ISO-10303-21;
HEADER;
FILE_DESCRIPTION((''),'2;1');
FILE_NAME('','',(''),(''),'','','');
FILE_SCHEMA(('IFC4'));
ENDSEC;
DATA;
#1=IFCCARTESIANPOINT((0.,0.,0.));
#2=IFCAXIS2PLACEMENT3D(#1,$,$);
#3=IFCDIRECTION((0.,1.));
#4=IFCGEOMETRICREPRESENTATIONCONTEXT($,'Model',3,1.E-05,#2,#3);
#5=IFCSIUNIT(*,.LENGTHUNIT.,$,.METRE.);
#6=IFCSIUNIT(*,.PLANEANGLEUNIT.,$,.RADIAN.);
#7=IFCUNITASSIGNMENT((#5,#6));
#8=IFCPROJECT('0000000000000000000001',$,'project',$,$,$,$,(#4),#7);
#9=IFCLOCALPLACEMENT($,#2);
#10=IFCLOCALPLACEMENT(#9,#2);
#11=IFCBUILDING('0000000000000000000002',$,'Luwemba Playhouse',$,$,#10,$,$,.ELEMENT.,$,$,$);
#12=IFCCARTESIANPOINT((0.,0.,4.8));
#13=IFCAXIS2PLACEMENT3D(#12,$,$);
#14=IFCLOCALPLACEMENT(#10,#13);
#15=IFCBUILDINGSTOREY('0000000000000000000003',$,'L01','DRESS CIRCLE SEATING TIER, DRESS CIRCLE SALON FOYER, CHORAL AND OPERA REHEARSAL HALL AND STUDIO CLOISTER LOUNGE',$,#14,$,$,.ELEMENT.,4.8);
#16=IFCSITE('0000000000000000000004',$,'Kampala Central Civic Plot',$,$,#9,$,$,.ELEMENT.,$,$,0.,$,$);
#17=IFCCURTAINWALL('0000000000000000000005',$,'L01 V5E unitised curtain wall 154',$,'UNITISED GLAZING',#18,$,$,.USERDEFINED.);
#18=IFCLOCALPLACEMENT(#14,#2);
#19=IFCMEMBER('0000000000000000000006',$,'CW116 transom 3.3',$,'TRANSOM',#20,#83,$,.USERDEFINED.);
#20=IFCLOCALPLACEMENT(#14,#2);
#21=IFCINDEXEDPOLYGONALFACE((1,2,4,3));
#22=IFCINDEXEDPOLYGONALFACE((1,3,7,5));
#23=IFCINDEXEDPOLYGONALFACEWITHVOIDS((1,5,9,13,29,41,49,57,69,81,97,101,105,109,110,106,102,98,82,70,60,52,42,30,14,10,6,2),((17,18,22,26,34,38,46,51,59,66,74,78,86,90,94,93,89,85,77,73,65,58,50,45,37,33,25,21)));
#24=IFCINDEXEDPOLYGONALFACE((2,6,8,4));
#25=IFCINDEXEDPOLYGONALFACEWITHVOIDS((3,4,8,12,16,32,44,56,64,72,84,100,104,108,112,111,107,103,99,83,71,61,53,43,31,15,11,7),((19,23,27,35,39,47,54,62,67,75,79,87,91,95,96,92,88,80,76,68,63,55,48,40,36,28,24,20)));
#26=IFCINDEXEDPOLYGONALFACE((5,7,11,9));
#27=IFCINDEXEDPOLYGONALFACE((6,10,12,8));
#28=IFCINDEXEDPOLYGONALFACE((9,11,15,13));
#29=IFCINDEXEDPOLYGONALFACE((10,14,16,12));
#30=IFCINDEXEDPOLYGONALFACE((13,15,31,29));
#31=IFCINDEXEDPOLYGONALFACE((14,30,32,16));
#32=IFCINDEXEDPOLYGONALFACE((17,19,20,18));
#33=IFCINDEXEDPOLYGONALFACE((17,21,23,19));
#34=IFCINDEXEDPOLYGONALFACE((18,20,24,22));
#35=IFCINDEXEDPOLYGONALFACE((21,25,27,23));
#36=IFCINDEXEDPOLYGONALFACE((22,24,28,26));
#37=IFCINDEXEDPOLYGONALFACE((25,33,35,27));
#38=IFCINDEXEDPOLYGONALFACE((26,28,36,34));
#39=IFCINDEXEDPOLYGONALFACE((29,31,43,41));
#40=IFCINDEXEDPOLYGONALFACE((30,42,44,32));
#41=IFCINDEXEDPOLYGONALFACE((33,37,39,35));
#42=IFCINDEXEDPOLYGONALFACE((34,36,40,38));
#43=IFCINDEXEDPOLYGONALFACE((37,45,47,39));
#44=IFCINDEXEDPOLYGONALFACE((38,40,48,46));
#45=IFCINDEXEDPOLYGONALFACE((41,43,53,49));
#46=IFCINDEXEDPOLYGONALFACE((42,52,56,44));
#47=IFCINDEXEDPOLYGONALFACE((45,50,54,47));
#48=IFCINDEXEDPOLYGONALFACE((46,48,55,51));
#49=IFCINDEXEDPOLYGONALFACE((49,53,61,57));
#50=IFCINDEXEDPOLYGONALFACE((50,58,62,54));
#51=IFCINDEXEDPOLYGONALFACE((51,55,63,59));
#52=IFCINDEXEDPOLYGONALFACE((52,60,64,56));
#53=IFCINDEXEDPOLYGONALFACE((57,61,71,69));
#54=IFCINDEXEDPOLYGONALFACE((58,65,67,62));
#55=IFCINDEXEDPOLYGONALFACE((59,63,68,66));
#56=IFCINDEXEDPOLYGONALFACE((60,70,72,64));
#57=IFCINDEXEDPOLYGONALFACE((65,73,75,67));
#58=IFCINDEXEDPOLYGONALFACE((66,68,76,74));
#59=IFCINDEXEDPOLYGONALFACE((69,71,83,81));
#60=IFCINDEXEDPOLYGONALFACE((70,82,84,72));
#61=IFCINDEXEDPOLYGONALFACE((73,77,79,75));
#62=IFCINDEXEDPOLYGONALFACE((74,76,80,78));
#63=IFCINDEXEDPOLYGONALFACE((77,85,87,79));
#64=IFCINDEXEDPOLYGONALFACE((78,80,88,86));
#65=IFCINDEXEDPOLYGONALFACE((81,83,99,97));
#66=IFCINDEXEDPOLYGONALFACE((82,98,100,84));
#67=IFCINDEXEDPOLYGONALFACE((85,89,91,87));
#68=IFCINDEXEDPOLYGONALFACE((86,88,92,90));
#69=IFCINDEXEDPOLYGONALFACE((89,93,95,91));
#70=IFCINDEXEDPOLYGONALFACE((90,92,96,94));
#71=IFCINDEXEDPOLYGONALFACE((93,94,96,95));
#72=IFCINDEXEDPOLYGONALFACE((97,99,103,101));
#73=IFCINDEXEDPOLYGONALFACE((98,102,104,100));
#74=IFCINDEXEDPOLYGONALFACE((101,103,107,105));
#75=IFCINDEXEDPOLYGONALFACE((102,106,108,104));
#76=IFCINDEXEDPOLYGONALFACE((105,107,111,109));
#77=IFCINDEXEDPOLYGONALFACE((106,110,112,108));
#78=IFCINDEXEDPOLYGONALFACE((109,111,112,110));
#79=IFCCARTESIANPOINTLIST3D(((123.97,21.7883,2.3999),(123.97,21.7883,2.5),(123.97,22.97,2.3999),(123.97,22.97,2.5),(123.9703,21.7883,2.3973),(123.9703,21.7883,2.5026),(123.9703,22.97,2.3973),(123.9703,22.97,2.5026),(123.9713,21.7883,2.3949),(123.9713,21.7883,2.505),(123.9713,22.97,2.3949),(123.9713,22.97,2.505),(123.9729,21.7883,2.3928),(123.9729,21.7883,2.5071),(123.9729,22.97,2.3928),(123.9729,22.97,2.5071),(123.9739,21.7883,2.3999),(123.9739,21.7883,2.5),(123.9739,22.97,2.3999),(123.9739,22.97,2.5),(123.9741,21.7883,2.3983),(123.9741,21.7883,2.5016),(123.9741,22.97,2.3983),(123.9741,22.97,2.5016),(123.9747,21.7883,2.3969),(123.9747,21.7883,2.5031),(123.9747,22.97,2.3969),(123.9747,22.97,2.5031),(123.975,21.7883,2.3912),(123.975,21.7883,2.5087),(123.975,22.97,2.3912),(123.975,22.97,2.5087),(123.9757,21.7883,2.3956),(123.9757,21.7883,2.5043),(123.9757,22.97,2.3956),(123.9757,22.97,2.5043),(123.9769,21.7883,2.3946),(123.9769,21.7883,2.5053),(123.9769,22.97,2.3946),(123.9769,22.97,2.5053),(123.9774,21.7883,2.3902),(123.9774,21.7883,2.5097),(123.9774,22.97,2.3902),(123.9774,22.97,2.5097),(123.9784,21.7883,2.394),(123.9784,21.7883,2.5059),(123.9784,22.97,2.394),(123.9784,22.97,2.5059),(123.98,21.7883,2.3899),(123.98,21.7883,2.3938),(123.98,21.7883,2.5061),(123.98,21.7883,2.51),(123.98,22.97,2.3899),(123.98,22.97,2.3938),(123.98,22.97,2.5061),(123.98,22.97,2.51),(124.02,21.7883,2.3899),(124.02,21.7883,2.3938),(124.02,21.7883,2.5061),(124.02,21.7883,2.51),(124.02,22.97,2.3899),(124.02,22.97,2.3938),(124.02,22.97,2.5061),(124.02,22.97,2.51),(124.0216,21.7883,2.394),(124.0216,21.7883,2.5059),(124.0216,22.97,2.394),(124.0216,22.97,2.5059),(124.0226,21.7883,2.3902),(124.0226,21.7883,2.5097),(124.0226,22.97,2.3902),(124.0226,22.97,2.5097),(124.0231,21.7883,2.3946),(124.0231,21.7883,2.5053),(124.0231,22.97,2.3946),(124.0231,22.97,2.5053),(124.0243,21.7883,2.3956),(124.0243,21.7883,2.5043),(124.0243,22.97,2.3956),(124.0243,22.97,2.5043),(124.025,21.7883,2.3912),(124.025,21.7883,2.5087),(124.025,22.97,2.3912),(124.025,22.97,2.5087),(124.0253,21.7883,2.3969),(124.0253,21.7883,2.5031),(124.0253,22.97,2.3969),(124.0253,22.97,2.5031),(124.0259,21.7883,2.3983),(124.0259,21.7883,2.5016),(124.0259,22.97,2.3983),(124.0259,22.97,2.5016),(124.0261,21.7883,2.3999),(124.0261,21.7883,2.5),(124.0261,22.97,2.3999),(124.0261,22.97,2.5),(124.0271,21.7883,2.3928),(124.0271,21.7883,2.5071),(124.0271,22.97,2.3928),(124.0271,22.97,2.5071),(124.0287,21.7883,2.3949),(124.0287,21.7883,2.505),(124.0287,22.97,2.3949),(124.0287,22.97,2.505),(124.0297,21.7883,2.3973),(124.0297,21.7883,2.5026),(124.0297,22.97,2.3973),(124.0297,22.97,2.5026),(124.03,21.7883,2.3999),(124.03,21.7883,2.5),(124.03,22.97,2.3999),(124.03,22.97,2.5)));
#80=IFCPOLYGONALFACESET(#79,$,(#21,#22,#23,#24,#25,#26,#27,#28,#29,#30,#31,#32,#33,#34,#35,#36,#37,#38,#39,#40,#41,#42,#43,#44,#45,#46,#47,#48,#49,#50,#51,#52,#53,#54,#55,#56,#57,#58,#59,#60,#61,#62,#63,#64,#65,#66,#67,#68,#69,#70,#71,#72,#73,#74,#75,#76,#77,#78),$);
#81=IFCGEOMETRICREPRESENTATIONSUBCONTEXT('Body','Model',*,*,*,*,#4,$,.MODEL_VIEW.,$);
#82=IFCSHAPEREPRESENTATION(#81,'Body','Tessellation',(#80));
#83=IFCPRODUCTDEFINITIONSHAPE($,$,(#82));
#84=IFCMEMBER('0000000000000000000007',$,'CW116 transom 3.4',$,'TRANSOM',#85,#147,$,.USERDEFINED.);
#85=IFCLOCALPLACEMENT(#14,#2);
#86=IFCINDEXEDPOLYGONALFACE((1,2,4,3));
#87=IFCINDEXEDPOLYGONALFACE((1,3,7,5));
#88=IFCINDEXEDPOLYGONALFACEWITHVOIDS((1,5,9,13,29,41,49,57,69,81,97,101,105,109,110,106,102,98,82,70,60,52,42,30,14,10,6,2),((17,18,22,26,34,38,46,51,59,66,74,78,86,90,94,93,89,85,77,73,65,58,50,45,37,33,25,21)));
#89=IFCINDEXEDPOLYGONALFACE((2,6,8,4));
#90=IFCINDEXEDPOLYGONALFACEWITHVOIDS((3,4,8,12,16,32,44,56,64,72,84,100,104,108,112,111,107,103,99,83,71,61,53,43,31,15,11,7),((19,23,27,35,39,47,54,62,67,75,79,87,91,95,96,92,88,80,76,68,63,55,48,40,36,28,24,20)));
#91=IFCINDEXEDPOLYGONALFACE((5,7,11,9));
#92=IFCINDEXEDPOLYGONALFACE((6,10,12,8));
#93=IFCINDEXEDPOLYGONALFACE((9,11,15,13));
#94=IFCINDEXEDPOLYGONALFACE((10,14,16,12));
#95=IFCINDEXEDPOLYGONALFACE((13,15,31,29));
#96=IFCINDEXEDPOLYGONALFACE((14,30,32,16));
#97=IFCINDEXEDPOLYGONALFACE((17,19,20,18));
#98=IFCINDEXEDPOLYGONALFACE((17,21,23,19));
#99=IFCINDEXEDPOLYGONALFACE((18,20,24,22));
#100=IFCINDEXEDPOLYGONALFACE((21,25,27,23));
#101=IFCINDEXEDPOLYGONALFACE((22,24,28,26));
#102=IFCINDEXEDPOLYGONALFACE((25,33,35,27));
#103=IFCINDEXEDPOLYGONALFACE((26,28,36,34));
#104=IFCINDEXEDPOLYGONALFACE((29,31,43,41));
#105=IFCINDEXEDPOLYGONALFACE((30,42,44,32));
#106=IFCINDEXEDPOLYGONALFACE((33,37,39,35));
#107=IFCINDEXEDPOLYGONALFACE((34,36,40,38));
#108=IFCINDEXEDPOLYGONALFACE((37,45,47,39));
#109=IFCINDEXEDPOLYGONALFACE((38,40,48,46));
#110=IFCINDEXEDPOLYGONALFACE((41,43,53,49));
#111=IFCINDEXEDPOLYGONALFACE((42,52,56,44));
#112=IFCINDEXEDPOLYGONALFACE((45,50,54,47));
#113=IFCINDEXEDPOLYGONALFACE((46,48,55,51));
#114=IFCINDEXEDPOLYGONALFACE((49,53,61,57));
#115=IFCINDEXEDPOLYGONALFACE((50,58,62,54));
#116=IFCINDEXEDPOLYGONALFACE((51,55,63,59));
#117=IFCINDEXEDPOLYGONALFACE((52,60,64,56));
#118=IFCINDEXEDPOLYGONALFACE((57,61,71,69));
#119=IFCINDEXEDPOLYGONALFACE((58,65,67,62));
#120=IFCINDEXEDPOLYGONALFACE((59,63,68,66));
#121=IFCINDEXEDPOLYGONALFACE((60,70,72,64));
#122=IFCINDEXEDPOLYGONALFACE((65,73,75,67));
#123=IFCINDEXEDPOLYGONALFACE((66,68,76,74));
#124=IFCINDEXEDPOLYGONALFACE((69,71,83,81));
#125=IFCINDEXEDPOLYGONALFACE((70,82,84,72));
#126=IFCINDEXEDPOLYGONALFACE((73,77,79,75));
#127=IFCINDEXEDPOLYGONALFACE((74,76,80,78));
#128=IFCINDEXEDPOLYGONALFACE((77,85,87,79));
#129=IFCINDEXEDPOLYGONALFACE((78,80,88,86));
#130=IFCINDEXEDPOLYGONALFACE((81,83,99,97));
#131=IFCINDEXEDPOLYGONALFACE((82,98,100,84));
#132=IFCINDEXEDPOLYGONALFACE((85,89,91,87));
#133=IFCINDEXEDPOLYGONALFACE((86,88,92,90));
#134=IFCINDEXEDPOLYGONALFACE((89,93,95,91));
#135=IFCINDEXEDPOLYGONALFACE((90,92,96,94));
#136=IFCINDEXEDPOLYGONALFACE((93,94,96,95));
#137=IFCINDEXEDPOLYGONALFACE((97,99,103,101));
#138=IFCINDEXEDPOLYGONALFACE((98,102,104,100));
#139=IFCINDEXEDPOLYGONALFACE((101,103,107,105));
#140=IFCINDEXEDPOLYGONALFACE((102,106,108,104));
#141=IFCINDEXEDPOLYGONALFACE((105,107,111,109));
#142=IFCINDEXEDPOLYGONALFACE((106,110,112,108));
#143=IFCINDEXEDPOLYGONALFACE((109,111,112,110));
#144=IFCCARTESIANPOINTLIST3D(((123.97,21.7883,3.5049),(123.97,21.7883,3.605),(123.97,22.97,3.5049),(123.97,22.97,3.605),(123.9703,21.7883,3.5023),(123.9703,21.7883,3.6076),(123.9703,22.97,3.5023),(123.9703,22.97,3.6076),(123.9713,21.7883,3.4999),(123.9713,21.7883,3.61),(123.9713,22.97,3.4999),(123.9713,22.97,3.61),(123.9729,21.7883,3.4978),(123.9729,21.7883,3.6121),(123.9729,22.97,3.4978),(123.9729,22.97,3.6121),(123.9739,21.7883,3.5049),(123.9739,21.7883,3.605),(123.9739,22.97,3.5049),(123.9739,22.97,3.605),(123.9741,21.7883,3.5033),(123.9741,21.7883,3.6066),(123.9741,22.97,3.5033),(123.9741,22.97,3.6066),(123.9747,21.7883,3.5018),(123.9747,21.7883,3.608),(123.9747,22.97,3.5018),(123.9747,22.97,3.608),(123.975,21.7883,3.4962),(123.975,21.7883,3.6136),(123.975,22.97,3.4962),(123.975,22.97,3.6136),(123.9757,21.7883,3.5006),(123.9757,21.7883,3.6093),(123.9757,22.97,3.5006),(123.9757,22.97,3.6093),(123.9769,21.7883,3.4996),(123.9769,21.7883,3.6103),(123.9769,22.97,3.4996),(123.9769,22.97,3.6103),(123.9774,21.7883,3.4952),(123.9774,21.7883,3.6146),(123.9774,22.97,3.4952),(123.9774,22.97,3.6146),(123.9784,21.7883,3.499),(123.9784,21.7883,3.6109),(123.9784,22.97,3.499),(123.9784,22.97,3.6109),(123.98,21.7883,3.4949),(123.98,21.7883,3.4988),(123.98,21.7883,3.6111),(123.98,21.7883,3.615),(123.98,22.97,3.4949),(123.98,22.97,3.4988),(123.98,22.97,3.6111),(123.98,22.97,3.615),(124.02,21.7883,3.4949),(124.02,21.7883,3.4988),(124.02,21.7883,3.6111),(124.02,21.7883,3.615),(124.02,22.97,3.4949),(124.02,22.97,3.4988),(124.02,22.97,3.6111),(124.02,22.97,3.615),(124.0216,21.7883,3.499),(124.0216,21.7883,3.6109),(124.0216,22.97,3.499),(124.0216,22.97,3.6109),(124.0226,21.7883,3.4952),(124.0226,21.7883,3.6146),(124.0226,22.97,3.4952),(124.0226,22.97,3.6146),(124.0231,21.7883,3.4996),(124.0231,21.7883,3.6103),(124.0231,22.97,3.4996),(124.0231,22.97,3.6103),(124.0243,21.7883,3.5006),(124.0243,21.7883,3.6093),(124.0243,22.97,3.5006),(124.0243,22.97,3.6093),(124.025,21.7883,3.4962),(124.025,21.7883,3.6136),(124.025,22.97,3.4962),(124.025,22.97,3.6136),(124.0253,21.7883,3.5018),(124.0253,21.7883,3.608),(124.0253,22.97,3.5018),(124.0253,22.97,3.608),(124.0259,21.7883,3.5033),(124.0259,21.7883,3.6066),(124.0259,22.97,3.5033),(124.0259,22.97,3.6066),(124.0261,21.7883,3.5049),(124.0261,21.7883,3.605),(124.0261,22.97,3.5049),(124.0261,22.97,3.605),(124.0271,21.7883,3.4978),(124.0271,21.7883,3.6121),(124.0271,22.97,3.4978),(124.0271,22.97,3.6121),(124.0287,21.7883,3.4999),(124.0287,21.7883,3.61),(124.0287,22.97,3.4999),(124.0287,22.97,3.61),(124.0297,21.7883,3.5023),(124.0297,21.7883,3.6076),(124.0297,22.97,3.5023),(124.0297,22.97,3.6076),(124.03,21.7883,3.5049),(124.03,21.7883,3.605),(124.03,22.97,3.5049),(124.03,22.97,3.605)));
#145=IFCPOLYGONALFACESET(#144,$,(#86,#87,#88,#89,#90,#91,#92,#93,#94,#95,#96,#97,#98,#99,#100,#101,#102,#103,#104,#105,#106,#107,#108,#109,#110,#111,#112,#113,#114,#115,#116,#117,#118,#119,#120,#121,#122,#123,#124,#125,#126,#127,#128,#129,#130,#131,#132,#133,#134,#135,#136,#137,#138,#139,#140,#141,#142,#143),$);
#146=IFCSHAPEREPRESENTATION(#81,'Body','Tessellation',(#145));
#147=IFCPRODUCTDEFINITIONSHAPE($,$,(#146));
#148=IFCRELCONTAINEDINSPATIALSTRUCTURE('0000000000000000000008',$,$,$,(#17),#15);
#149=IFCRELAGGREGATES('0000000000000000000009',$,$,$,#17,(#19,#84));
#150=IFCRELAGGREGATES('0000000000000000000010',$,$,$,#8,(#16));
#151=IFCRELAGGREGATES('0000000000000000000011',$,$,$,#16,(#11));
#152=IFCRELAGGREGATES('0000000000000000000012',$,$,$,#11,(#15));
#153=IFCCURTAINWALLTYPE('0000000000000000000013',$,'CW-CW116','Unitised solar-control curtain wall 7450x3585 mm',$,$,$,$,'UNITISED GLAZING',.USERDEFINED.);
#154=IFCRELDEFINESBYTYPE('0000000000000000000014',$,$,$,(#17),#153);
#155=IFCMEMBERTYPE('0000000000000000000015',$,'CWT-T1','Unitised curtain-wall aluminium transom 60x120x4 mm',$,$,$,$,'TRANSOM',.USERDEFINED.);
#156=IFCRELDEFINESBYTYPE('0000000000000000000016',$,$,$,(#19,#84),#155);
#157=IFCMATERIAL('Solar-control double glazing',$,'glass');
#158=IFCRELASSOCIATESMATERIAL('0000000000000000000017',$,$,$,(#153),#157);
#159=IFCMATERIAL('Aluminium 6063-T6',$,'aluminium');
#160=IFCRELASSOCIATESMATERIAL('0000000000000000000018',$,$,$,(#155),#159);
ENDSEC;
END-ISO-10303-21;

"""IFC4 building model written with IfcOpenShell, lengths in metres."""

from ifc_helpers import new_model, si_unit, direction, frame, origin, origin_2d, place, context, subcontext, project, spatial, hollow_rectangle, extrude, material, material_profile, profile_set, type_object, element, aggregate, save


model = new_model("IFC4")

# Units and contexts
model_context = context("Model", 3, precision=1e-05, world=origin(), true_north=direction((0.0, 1.0)))
body_context = subcontext(model_context, "Body", "Model", "MODEL_VIEW")
ifc_project = project(units=[si_unit("LENGTHUNIT", "METRE"), si_unit("PLANEANGLEUNIT", "RADIAN")], contexts=[model_context])

# Site, building, storey
site_placement = place(None, origin())
site = spatial("IfcSite", under=ifc_project, at=site_placement, Name="Kampala Central Civic Plot", CompositionType="ELEMENT", RefElevation=0.0)
building_placement = place(site_placement, origin())
building = spatial("IfcBuilding", under=site, at=building_placement, Name="Luwemba Playhouse", CompositionType="ELEMENT")
storey_placement = place(building_placement, frame((0.0, 0.0, 4.8)))
storey = spatial("IfcBuildingStorey", under=building, at=storey_placement, Name="L01", Description="DRESS CIRCLE SEATING TIER, DRESS CIRCLE SALON FOYER, CHORAL AND OPERA REHEARSAL HALL AND STUDIO CLOISTER LOUNGE", CompositionType="ELEMENT", Elevation=4.8)

# Curtain wall, members
ifc_material_1 = material(Name="Solar-control double glazing", Category="glass")
curtain_wall_type = type_object("IfcCurtainWallType", Name="CW-CW116", Description="Unitised solar-control curtain wall 7450x3585 mm", ElementType="UNITISED GLAZING", PredefinedType="USERDEFINED", material=ifc_material_1)
curtain_wall_placement = place(storey_placement, origin())
curtain_wall = element("IfcCurtainWall", 1, at=curtain_wall_placement, inside=storey, type_object=curtain_wall_type, Name="L01 V5E unitised curtain wall 154", ObjectType="UNITISED GLAZING", PredefinedType="USERDEFINED")
ifc_material_2 = material(Name="Aluminium 6063-T6", Category="aluminium")
ifc_material_profile_1 = material_profile(ifc_material_2, hollow_rectangle(XDim=0.0601, YDim=0.1201, WallThickness=0.0039, InnerFilletRadius=0.0061, OuterFilletRadius=0.01, at=origin_2d()))
ifc_profile_set_1 = profile_set([ifc_material_profile_1], Name="Aluminium 6063-T6")
member_type_1 = type_object("IfcMemberType", Name="CWT-T1", Description="Unitised curtain-wall aluminium transom 60x120x4 mm", ElementType="TRANSOM", PredefinedType="USERDEFINED", material=ifc_profile_set_1)
member_1_placement = place(storey_placement, frame((124.0, 21.7883, 2.45), z_axis=(0.0, 1.0, 0.0), x_axis=(-1.0, 0.0, 0.0)))
member_1 = element("IfcMember", 2, at=member_1_placement, type_object=member_type_1, Name="CW116 transom 3.3", ObjectType="TRANSOM", PredefinedType="USERDEFINED", context=body_context, shape_type="SweptSolid", body=[
    extrude(hollow_rectangle(XDim=0.0601, YDim=0.1201, WallThickness=0.0039, InnerFilletRadius=0.0061, OuterFilletRadius=0.01, at=origin_2d()), origin(), (0.0, 0.0, 1.0), 1.1816),
])
member_2_placement = place(storey_placement, frame((124.0, 21.7883, 3.5549), z_axis=(0.0, 1.0, 0.0), x_axis=(-1.0, 0.0, 0.0)))
member_2 = element("IfcMember", 3, at=member_2_placement, type_object=member_type_1, Name="CW116 transom 3.4", ObjectType="TRANSOM", PredefinedType="USERDEFINED", context=body_context, shape_type="SweptSolid", body=[
    extrude(hollow_rectangle(XDim=0.0601, YDim=0.1201, WallThickness=0.0039, InnerFilletRadius=0.0061, OuterFilletRadius=0.01, at=origin_2d()), origin(), (0.0, 0.0, 1.0), 1.1816),
])
aggregate(curtain_wall, [member_1, member_2])

save(model, "model.ifc")
